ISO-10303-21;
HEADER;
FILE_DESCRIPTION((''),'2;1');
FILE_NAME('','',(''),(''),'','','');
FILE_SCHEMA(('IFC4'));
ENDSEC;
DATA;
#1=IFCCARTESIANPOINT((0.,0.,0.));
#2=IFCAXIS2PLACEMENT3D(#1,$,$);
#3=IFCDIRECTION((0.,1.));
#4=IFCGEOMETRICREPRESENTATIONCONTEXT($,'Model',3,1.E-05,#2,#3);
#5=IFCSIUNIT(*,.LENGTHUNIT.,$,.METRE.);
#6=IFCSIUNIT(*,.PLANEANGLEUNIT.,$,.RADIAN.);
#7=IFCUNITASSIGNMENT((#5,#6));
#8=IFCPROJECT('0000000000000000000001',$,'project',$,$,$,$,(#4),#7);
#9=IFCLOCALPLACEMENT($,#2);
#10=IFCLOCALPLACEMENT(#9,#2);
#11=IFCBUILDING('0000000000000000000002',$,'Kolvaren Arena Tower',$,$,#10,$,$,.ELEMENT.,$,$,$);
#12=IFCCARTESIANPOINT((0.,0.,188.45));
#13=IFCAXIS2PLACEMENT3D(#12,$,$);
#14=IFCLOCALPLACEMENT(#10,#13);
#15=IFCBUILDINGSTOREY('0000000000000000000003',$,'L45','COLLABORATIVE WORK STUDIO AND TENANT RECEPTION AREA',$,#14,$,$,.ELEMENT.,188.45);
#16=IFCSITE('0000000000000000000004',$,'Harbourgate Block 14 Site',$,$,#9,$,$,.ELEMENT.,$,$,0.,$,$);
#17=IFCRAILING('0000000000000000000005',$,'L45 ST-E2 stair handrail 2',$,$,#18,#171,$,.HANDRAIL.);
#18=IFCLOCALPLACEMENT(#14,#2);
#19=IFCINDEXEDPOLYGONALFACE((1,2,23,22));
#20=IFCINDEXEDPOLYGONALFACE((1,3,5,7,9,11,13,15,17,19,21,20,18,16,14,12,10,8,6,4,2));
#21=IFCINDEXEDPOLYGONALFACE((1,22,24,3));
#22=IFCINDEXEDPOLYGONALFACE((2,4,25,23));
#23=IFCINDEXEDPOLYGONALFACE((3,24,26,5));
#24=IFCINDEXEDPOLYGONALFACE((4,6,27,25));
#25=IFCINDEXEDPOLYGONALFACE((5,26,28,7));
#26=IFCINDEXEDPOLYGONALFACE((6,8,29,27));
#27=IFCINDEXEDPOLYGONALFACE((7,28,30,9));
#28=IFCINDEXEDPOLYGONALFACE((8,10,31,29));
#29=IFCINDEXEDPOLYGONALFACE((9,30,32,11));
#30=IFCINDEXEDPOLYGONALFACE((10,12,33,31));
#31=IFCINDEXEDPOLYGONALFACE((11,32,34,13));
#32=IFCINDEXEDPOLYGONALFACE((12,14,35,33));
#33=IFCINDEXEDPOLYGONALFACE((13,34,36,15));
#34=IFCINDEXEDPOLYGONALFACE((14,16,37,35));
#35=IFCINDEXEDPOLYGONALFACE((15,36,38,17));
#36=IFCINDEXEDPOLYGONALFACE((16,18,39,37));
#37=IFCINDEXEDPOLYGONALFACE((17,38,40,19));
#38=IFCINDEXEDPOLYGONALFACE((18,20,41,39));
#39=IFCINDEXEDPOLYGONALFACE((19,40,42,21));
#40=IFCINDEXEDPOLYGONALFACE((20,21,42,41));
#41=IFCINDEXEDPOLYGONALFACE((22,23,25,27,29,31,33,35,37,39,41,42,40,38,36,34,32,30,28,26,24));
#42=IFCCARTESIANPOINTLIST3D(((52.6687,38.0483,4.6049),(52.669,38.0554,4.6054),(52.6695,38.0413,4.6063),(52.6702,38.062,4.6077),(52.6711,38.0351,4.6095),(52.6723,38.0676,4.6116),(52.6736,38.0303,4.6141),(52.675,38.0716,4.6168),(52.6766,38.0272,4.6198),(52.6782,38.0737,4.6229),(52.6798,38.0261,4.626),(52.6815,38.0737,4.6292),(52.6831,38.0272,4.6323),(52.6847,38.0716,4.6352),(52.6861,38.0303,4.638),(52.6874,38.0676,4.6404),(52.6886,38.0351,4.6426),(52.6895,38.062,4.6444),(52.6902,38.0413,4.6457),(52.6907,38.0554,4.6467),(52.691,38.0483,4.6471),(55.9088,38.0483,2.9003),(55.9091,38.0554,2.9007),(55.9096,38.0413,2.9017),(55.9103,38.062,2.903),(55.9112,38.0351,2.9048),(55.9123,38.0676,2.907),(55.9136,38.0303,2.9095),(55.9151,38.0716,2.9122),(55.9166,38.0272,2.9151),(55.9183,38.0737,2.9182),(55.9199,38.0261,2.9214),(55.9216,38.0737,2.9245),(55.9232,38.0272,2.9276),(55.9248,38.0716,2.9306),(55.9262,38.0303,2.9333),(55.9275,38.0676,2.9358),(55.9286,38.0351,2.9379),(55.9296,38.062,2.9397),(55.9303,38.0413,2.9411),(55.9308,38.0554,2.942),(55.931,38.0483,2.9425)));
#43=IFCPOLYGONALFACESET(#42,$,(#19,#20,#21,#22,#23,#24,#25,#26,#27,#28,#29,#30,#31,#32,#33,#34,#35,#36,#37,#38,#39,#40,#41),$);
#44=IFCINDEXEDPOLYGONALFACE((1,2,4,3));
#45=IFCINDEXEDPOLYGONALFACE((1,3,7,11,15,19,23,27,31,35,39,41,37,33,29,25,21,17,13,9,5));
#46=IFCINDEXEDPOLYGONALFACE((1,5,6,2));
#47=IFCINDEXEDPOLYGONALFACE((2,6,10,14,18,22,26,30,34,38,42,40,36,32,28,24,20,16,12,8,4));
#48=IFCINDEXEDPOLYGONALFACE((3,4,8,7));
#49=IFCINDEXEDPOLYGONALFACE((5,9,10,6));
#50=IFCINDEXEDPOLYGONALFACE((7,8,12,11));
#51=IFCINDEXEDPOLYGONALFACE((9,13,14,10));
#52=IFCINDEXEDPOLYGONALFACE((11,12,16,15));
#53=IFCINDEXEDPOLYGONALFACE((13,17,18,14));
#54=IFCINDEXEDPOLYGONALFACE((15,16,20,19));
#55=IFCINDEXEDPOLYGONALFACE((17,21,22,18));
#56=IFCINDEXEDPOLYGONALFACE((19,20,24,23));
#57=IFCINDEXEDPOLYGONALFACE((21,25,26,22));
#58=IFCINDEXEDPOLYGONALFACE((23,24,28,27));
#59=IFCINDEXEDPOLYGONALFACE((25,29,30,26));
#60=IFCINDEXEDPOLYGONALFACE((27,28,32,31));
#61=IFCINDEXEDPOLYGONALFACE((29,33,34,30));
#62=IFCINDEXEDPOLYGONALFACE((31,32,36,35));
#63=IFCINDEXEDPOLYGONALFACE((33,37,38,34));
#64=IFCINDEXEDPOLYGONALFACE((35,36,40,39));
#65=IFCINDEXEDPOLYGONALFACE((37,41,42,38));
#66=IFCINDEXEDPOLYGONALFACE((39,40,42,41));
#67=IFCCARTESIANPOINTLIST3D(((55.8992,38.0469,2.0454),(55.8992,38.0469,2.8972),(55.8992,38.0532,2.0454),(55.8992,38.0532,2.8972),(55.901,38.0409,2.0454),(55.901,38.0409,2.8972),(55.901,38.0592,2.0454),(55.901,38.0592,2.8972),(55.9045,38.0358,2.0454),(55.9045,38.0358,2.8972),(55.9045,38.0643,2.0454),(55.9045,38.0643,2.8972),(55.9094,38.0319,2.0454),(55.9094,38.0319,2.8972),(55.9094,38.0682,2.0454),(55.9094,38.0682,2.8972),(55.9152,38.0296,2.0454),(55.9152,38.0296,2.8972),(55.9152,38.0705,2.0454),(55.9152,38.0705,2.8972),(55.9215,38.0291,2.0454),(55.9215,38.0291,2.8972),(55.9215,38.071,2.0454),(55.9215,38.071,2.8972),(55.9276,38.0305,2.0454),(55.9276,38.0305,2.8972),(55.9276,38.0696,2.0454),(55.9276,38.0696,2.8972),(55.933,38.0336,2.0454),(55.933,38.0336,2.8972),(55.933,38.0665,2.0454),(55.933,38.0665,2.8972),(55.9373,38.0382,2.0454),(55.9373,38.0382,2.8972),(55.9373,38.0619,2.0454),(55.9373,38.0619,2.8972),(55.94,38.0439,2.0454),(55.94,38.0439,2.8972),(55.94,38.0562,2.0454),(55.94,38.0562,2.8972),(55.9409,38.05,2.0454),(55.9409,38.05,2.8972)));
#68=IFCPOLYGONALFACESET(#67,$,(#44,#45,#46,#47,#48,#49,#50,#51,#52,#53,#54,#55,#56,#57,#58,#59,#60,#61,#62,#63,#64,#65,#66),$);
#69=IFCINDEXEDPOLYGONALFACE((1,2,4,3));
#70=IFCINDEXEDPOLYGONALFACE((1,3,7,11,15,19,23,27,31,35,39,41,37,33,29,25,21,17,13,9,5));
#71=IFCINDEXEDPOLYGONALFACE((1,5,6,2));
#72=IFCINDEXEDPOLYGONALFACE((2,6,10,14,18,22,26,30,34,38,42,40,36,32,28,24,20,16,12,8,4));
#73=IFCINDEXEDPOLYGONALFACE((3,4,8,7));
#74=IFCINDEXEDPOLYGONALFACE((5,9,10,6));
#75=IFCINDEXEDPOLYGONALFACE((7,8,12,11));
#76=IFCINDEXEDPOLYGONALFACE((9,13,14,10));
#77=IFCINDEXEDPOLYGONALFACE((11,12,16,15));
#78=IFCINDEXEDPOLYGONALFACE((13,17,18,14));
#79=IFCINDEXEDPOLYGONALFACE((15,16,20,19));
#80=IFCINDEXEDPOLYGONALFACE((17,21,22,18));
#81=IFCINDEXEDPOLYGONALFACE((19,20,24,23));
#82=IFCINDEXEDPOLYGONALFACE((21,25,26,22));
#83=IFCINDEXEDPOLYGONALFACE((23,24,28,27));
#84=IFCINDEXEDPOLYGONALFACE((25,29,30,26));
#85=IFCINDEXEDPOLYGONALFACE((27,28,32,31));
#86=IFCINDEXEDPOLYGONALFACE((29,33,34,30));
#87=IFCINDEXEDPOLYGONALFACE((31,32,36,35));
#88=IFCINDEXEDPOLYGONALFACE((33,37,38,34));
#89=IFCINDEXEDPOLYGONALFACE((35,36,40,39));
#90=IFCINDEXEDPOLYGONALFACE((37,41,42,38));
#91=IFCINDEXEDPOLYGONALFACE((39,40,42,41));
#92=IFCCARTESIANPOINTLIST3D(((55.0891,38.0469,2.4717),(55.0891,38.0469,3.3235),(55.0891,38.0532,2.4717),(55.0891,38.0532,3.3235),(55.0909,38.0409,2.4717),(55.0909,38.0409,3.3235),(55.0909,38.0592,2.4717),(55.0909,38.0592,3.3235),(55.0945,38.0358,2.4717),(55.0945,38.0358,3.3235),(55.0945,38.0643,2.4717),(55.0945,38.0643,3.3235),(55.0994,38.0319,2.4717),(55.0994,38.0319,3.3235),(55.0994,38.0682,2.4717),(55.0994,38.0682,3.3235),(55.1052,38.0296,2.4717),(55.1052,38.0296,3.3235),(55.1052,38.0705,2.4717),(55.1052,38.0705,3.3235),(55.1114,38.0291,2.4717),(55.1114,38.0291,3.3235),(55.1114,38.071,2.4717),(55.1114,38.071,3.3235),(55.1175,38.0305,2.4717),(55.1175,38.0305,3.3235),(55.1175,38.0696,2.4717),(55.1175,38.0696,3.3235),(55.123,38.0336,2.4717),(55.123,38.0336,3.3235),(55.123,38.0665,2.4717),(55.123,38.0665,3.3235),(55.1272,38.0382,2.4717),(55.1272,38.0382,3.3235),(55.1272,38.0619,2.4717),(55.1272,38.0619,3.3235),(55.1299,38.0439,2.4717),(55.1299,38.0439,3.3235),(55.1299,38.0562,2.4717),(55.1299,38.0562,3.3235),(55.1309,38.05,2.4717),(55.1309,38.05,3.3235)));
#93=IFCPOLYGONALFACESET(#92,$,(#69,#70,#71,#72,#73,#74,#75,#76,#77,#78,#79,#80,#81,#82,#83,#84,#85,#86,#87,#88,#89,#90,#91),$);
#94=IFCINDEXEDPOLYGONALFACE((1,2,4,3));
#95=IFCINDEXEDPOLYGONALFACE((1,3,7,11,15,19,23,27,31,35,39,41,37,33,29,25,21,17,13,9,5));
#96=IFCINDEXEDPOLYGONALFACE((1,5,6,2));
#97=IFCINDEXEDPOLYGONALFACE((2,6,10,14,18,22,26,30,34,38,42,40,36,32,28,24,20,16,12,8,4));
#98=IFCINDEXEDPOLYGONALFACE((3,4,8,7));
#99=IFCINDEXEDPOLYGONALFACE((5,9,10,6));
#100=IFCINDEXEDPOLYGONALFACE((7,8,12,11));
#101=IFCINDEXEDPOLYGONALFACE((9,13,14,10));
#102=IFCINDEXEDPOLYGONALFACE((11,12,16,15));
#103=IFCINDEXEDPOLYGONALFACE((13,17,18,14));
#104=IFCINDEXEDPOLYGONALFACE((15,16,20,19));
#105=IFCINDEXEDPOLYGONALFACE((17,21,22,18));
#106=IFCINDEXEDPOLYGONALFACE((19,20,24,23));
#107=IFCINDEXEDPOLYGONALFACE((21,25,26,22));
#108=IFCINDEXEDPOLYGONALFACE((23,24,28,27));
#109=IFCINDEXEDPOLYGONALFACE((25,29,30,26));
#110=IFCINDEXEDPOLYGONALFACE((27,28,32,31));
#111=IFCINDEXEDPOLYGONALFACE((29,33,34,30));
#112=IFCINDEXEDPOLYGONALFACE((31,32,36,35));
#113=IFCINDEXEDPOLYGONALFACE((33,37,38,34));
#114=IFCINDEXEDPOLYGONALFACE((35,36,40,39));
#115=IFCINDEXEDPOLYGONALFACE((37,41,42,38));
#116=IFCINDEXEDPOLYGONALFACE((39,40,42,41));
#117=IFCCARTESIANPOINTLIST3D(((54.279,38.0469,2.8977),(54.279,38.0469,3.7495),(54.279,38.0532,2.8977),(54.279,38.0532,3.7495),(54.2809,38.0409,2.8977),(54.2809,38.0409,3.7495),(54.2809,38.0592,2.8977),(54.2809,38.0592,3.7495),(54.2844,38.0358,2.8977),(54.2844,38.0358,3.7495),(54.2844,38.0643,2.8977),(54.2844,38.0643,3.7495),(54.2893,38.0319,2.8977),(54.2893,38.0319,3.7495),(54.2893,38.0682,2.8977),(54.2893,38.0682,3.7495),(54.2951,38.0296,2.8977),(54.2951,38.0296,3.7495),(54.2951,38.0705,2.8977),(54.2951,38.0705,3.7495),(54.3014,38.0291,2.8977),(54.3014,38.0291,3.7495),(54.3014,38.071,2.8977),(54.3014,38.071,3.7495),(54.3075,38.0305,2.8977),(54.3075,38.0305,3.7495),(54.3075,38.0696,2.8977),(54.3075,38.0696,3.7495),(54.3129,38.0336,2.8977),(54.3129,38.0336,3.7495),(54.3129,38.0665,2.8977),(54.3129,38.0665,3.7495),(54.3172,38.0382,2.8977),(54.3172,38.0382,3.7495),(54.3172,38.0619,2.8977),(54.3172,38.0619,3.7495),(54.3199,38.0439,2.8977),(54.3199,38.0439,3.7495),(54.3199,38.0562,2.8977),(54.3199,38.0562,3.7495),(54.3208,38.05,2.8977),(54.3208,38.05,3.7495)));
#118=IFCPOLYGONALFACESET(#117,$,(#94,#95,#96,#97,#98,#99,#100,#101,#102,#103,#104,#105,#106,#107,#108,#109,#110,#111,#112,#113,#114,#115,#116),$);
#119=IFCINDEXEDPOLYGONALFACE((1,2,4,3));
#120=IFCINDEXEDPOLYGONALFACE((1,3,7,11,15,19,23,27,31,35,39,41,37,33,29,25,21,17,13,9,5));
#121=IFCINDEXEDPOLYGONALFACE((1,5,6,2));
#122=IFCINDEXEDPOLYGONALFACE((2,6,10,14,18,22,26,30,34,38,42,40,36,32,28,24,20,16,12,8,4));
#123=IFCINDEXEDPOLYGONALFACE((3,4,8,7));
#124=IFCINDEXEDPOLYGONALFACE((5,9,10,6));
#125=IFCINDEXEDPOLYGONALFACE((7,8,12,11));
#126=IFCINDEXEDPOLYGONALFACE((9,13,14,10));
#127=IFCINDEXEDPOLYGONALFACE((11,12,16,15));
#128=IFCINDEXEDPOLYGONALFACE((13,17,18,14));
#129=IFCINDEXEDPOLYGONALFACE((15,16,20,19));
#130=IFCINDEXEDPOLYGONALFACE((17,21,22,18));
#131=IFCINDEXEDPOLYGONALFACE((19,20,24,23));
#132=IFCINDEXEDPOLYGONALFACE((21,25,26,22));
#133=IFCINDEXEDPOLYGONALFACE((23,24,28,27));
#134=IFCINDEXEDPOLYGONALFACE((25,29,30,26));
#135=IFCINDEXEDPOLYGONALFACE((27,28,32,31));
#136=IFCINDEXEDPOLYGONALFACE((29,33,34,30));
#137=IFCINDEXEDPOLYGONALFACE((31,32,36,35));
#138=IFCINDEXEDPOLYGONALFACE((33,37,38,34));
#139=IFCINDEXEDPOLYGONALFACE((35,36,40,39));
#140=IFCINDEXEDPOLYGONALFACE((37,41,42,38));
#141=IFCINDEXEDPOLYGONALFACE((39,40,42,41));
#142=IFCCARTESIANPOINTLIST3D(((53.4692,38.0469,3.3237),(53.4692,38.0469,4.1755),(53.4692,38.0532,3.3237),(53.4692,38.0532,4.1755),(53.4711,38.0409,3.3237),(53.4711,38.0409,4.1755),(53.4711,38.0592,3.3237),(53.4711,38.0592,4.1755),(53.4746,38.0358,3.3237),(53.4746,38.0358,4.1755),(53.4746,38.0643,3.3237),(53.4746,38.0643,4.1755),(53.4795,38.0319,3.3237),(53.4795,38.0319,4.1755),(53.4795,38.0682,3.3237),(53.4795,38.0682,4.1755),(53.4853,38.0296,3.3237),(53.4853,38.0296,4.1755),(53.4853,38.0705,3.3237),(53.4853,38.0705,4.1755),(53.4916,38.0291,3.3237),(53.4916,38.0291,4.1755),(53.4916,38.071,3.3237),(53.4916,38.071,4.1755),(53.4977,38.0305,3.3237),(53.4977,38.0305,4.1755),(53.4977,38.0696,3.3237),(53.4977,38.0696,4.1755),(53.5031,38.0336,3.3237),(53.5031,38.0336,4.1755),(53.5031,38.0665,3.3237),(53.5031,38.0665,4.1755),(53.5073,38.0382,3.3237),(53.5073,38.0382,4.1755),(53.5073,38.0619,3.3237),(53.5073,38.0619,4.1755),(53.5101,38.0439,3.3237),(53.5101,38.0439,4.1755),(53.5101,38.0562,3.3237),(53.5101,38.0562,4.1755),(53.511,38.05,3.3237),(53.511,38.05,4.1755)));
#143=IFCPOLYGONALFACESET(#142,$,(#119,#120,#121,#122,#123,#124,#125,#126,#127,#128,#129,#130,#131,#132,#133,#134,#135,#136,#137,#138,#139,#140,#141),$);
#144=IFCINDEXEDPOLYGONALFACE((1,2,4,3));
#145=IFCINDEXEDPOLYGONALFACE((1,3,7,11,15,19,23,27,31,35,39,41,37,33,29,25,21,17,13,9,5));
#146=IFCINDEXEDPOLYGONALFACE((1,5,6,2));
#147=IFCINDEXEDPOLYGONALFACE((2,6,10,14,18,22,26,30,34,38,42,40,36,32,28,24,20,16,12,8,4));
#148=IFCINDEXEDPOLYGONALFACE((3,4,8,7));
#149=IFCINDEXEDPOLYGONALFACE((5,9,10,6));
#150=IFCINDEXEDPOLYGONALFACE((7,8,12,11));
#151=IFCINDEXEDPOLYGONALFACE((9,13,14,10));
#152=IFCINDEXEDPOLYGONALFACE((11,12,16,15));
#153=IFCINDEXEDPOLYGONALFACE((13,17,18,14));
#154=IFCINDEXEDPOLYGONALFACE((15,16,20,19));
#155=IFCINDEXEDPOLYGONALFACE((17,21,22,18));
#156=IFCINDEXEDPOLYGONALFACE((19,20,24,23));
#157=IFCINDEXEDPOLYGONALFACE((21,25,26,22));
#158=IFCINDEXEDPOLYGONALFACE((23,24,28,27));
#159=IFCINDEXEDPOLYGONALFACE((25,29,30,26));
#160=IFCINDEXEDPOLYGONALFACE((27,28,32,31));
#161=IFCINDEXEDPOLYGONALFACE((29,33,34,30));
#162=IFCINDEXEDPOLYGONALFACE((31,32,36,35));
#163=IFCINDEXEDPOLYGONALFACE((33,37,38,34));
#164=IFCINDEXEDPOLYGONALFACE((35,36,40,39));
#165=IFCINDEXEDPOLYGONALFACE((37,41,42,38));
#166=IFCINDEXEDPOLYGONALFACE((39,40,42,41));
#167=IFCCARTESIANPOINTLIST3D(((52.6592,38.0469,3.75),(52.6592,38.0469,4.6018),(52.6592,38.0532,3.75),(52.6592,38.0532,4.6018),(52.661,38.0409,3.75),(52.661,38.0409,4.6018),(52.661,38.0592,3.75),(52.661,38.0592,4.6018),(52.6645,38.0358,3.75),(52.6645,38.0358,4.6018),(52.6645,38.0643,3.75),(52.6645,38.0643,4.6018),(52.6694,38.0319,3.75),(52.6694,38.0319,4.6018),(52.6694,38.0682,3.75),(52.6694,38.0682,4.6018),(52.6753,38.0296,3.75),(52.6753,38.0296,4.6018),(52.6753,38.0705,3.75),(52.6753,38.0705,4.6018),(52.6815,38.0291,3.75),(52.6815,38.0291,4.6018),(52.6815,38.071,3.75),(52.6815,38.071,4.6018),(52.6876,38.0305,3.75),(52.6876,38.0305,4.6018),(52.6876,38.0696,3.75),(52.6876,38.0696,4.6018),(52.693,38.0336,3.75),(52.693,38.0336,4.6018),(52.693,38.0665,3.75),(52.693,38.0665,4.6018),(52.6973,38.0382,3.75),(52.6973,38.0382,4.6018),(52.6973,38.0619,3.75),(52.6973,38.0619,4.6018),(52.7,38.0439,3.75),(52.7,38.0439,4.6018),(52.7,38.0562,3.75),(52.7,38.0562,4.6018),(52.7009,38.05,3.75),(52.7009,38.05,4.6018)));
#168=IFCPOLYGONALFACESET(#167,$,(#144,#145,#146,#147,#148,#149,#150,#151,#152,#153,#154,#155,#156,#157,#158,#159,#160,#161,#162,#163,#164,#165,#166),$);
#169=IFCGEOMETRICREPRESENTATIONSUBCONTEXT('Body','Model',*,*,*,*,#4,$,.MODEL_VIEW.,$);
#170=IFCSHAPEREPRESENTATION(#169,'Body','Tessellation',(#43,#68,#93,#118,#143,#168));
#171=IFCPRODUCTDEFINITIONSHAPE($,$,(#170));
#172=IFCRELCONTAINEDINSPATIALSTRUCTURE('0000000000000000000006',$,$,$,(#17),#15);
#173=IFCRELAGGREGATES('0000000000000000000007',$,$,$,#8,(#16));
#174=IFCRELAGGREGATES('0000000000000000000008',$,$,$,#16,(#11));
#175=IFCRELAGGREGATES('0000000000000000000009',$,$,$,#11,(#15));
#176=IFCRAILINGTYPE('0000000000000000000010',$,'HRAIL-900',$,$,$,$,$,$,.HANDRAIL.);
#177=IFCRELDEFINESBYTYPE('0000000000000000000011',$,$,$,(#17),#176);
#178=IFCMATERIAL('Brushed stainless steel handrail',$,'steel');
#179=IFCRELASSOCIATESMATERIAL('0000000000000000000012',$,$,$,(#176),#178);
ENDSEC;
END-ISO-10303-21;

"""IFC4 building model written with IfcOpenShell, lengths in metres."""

from ifc_helpers import new_model, si_unit, direction, frame, origin, origin_2d, place, context, subcontext, project, spatial, circle, extrude, material, type_object, element, save


model = new_model("IFC4")

# Units and contexts
model_context = context("Model", 3, precision=1e-05, world=origin(), true_north=direction((0.0, 1.0)))
body_context = subcontext(model_context, "Body", "Model", "MODEL_VIEW")
ifc_project = project(units=[si_unit("LENGTHUNIT", "METRE"), si_unit("PLANEANGLEUNIT", "RADIAN")], contexts=[model_context])

# Site, building, storey
site_placement = place(None, origin())
site = spatial("IfcSite", under=ifc_project, at=site_placement, Name="Harbourgate Block 14 Site", CompositionType="ELEMENT", RefElevation=0.0)
building_placement = place(site_placement, origin())
building = spatial("IfcBuilding", under=site, at=building_placement, Name="Kolvaren Arena Tower", CompositionType="ELEMENT")
storey_placement = place(building_placement, frame((0.0, 0.0, 188.45)))
storey = spatial("IfcBuildingStorey", under=building, at=storey_placement, Name="L45", Description="COLLABORATIVE WORK STUDIO AND TENANT RECEPTION AREA", CompositionType="ELEMENT", Elevation=188.45)

# Railing
ifc_material_1 = material(Name="Brushed stainless steel handrail", Category="steel")
railing_type_1 = type_object("IfcRailingType", Name="HRAIL-900", PredefinedType="HANDRAIL", material=ifc_material_1)
for number, where, name in (
    (1, (55.9199, 38.05, 2.0454), "L45 ST-E2 stair handrail 2"),
):
    element("IfcRailing", number, at=place(storey_placement, frame(where)), inside=storey, type_object=railing_type_1, Name=name, PredefinedType="HANDRAIL", context=body_context, shape_type="SweptSolid", body=[
        extrude(circle(Radius=0.0239, at=origin_2d()), frame((0.0, 0.0, 0.876), z_axis=(-0.884993, 0.0, 0.465604), x_axis=(0.0, -1.0, 0.0)), (0.0, 0.0, 1.0), 3.6611),
        extrude(circle(Radius=0.021, at=origin_2d()), origin(), (0.0, 0.0, 1.0), 0.8518),
        extrude(circle(Radius=0.021, at=origin_2d()), frame((-0.8101, 0.0, 0.4263)), (0.0, 0.0, 1.0), 0.8518),
        extrude(circle(Radius=0.021, at=origin_2d()), frame((-1.6201, 0.0, 0.8523)), (0.0, 0.0, 1.0), 0.8518),
        extrude(circle(Radius=0.021, at=origin_2d()), frame((-2.4299, 0.0, 1.2783)), (0.0, 0.0, 1.0), 0.8518),
        extrude(circle(Radius=0.021, at=origin_2d()), frame((-3.24, 0.0, 1.7046)), (0.0, 0.0, 1.0), 0.8518),
    ])

save(model, "model.ifc")
